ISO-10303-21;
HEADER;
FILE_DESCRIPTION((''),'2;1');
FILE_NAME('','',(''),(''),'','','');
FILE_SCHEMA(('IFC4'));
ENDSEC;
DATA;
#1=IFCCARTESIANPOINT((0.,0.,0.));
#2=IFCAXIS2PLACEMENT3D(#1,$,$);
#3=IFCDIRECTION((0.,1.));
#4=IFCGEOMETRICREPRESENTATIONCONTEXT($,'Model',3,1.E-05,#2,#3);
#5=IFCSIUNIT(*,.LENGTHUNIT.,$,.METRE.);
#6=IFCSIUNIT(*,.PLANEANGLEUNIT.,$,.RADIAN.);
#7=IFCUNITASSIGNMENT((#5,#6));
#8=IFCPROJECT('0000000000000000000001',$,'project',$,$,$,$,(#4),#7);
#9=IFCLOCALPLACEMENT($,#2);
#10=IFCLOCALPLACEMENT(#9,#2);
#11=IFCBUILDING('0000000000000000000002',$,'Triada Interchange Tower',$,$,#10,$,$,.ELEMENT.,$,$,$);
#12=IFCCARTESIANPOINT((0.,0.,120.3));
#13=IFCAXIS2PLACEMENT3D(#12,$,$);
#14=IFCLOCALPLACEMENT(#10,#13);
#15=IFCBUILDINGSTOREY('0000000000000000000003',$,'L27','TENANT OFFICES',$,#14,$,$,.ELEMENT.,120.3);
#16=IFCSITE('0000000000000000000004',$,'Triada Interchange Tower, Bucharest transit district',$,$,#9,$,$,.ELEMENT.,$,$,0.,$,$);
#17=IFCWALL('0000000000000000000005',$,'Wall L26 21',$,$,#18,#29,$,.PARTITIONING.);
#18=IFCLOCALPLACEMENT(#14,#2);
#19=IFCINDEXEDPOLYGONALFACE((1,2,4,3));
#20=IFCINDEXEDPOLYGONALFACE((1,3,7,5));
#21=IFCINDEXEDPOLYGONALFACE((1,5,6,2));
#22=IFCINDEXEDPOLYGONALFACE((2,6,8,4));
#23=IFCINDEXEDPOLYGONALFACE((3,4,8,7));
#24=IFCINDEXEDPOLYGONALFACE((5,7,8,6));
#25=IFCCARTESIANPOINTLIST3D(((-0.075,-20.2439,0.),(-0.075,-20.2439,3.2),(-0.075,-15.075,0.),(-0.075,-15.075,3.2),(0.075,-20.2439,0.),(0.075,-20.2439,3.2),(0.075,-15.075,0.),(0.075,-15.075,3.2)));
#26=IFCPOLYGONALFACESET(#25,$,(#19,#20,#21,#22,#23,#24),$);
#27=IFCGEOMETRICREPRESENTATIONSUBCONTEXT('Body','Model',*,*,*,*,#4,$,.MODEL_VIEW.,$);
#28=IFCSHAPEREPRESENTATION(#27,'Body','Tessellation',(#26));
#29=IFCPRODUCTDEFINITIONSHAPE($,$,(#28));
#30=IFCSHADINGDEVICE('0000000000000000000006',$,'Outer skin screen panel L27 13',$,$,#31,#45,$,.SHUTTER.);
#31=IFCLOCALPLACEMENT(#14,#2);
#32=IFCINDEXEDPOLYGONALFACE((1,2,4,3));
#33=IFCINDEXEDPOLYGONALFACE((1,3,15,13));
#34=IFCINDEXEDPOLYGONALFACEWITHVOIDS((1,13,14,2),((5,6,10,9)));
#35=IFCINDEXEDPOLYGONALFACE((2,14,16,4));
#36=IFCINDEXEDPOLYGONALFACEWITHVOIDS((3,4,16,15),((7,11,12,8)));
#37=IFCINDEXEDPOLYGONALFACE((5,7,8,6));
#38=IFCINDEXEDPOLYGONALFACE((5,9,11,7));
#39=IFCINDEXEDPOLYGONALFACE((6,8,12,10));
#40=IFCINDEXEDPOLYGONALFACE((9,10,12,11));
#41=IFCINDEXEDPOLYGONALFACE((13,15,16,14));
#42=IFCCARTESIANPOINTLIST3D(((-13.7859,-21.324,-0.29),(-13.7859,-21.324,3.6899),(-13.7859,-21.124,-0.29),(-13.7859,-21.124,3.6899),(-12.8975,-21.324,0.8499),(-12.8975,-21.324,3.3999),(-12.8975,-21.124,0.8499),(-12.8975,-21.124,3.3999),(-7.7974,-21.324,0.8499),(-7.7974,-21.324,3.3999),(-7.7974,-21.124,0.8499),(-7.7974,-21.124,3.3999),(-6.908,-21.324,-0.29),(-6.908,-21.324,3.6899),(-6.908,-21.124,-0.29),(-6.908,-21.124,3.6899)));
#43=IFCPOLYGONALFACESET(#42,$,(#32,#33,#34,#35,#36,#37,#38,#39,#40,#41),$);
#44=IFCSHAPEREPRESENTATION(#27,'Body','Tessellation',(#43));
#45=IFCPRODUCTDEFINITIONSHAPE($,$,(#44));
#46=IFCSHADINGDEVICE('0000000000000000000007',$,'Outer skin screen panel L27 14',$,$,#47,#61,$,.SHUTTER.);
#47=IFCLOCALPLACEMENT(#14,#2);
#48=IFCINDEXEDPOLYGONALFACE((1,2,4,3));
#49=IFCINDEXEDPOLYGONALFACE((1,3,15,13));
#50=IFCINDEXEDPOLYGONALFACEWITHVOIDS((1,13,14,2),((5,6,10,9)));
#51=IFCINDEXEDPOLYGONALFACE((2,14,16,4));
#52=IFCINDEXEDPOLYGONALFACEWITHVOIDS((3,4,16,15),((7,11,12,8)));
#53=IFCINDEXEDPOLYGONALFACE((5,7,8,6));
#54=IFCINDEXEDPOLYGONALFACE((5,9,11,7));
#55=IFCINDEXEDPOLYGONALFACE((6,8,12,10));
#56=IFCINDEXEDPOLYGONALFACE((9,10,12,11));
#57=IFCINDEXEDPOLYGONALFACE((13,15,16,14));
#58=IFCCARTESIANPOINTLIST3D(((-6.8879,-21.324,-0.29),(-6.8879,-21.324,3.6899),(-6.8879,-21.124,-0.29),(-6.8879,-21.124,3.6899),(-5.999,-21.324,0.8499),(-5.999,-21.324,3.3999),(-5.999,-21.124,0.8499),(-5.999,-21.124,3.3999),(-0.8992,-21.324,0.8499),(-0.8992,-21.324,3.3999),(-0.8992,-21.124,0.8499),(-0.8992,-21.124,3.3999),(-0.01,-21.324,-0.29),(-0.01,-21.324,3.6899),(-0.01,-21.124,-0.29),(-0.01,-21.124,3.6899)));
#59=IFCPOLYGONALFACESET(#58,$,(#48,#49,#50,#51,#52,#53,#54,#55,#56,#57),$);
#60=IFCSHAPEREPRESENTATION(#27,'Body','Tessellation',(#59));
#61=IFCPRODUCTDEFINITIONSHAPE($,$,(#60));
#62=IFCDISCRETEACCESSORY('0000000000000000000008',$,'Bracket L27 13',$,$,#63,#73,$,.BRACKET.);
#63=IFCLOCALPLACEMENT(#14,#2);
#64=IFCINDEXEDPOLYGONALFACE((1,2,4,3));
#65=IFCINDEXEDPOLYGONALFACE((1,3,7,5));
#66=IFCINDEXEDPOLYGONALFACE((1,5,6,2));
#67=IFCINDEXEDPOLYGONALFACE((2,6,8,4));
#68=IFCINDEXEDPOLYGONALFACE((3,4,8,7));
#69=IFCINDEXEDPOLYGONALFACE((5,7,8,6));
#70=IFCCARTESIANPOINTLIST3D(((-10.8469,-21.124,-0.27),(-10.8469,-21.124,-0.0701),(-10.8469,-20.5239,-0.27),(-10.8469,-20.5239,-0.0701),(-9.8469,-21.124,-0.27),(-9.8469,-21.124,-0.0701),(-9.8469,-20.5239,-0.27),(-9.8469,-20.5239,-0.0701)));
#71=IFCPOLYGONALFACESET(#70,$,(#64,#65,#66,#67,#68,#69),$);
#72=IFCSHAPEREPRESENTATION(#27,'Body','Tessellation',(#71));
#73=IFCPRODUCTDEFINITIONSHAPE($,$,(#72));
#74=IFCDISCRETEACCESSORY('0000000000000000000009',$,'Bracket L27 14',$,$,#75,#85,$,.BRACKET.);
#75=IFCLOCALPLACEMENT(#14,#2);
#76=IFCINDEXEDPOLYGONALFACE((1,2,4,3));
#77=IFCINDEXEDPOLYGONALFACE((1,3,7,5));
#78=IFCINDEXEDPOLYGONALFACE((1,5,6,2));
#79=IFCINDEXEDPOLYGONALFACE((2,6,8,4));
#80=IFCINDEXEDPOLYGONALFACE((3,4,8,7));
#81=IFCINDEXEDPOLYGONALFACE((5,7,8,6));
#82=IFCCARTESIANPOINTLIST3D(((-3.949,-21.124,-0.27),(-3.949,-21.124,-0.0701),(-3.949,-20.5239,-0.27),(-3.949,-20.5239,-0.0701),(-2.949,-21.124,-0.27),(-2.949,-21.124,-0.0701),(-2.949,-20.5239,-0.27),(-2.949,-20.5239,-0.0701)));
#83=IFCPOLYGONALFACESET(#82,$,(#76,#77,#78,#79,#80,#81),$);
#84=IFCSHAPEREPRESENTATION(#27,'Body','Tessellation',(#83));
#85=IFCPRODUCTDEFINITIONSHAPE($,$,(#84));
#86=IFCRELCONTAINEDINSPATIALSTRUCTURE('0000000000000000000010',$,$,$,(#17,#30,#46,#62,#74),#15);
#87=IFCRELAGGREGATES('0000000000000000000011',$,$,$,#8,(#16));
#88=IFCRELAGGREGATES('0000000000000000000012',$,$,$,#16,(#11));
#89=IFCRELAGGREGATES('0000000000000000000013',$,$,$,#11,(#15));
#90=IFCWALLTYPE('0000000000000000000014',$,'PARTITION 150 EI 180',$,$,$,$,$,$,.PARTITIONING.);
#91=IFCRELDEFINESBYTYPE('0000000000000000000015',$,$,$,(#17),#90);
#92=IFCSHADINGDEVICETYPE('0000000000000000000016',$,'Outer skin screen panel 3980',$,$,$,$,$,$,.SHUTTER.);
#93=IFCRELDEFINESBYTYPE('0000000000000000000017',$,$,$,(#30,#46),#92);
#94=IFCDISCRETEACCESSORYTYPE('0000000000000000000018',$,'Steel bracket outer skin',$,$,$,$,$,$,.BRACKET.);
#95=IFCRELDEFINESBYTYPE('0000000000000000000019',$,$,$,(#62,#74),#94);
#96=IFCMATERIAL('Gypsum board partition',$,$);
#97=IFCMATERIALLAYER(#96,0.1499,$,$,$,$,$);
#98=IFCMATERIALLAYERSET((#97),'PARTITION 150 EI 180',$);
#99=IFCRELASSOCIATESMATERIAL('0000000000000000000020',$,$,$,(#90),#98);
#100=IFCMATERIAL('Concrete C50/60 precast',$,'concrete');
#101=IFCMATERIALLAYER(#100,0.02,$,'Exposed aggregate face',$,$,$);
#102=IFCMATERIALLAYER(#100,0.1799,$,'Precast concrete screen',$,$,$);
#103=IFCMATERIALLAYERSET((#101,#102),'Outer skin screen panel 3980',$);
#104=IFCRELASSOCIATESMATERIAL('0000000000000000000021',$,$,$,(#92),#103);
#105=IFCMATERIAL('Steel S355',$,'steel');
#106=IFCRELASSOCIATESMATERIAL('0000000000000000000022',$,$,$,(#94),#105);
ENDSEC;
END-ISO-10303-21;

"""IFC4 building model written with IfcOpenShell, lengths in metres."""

from ifc_helpers import new_model, si_unit, direction, frame, frame_2d, origin, origin_2d, place, context, subcontext, project, spatial, polyline, rectangle, outline, extrude, material, layer, layer_set, type_object, element, save


model = new_model("IFC4")

# Units and contexts
model_context = context("Model", 3, precision=1e-05, world=origin(), true_north=direction((0.0, 1.0)))
body_context = subcontext(model_context, "Body", "Model", "MODEL_VIEW")
ifc_project = project(units=[si_unit("LENGTHUNIT", "METRE"), si_unit("PLANEANGLEUNIT", "RADIAN")], contexts=[model_context])

# Site, building, storey
site_placement = place(None, origin())
site = spatial("IfcSite", under=ifc_project, at=site_placement, Name="Triada Interchange Tower, Bucharest transit district", CompositionType="ELEMENT", RefElevation=0.0)
building_placement = place(site_placement, origin())
building = spatial("IfcBuilding", under=site, at=building_placement, Name="Triada Interchange Tower", CompositionType="ELEMENT")
storey_placement = place(building_placement, frame((0.0, 0.0, 120.3)))
storey = spatial("IfcBuildingStorey", under=building, at=storey_placement, Name="L27", Description="TENANT OFFICES", CompositionType="ELEMENT", Elevation=120.3)

# Shared definitions
ifc_material_1 = material(Name="Gypsum board partition")
ifc_layer_1 = layer(ifc_material_1, 0.1499)
ifc_layer_set_1 = layer_set([ifc_layer_1], Name="PARTITION 150 EI 180")
wall_type = type_object("IfcWallType", Name="PARTITION 150 EI 180", PredefinedType="PARTITIONING", material=ifc_layer_set_1)

# Wall
wall_1_placement = place(storey_placement, frame((0.0, -20.2439, 0.0), z_axis=(0.0, 0.0, 1.0), x_axis=(0.0, 1.0, 0.0)))
element("IfcWall", 1, at=wall_1_placement, inside=storey, type_object=wall_type, Name="Wall L26 21", PredefinedType="PARTITIONING", context=body_context, shape_type="SweptSolid", body=[
    extrude(rectangle(XDim=5.1689, YDim=0.1499, at=frame_2d((2.5845, 0.0))), origin(), (0.0, 0.0, 1.0), 3.2),
])

# Shading devices
ifc_material_2 = material(Name="Concrete C50/60 precast", Category="concrete")
ifc_layer_2 = layer(ifc_material_2, 0.02, Name="Exposed aggregate face")
ifc_layer_3 = layer(ifc_material_2, 0.1799, Name="Precast concrete screen")
ifc_layer_set_2 = layer_set([ifc_layer_2, ifc_layer_3], Name="Outer skin screen panel 3980")
shading_device_type = type_object("IfcShadingDeviceType", Name="Outer skin screen panel 3980", PredefinedType="SHUTTER", material=ifc_layer_set_2)
shading_device_1_placement = place(storey_placement, frame((-13.7859, -21.124, -0.29), z_axis=(0.0, 0.0, 1.0), x_axis=(1.0, 0.0, 0.0)))
element("IfcShadingDevice", 2, at=shading_device_1_placement, inside=storey, type_object=shading_device_type, Name="Outer skin screen panel L27 13", PredefinedType="SHUTTER", context=body_context, shape_type="SweptSolid", body=[
    extrude(outline(polyline([(0.0, 0.0), (6.8779, 0.0), (6.8779, 3.98), (0.0, 3.98), (0.0, 0.0)]), holes=[polyline([(0.8884, 1.1399), (0.8884, 3.6899), (5.9885, 3.6899), (5.9885, 1.1399), (0.8884, 1.1399)])]), frame((0.0, 0.0, 0.0), z_axis=(0.0, -1.0, 0.0), x_axis=(1.0, 0.0, 0.0)), (0.0, 0.0, 1.0), 0.2),
])
shading_device_2_placement = place(storey_placement, frame((-6.8879, -21.124, -0.29), z_axis=(0.0, 0.0, 1.0), x_axis=(1.0, 0.0, 0.0)))
element("IfcShadingDevice", 3, at=shading_device_2_placement, inside=storey, type_object=shading_device_type, Name="Outer skin screen panel L27 14", PredefinedType="SHUTTER", context=body_context, shape_type="SweptSolid", body=[
    extrude(outline(polyline([(0.0, 0.0), (6.8779, 0.0), (6.8779, 3.98), (0.0, 3.98), (0.0, 0.0)]), holes=[polyline([(0.8889, 1.1399), (0.8889, 3.6899), (5.9888, 3.6899), (5.9888, 1.1399), (0.8889, 1.1399)])]), frame((0.0, 0.0, 0.0), z_axis=(0.0, -1.0, 0.0), x_axis=(1.0, 0.0, 0.0)), (0.0, 0.0, 1.0), 0.2),
])

# Discrete accessories
ifc_material_3 = material(Name="Steel S355", Category="steel")
discrete_accessory_type = type_object("IfcDiscreteAccessoryType", Name="Steel bracket outer skin", PredefinedType="BRACKET", material=ifc_material_3)
for number, where, z_axis, x_axis, name in (
    (4, (-10.3469, -20.824, -0.27), (0.0, 0.0, 1.0), (0.0, -1.0, 0.0), "Bracket L27 13"),
    (5, (-3.449, -20.824, -0.27), (0.0, 0.0, 1.0), (0.0, -1.0, 0.0), "Bracket L27 14"),
):
    element("IfcDiscreteAccessory", number, at=place(storey_placement, frame(where, z_axis=z_axis, x_axis=x_axis)), inside=storey, type_object=discrete_accessory_type, Name=name, PredefinedType="BRACKET", context=body_context, shape_type="SweptSolid", body=[
        extrude(rectangle(XDim=0.6001, YDim=1.0, at=origin_2d()), origin(), (0.0, 0.0, 1.0), 0.2),
    ])

save(model, "model.ifc")
